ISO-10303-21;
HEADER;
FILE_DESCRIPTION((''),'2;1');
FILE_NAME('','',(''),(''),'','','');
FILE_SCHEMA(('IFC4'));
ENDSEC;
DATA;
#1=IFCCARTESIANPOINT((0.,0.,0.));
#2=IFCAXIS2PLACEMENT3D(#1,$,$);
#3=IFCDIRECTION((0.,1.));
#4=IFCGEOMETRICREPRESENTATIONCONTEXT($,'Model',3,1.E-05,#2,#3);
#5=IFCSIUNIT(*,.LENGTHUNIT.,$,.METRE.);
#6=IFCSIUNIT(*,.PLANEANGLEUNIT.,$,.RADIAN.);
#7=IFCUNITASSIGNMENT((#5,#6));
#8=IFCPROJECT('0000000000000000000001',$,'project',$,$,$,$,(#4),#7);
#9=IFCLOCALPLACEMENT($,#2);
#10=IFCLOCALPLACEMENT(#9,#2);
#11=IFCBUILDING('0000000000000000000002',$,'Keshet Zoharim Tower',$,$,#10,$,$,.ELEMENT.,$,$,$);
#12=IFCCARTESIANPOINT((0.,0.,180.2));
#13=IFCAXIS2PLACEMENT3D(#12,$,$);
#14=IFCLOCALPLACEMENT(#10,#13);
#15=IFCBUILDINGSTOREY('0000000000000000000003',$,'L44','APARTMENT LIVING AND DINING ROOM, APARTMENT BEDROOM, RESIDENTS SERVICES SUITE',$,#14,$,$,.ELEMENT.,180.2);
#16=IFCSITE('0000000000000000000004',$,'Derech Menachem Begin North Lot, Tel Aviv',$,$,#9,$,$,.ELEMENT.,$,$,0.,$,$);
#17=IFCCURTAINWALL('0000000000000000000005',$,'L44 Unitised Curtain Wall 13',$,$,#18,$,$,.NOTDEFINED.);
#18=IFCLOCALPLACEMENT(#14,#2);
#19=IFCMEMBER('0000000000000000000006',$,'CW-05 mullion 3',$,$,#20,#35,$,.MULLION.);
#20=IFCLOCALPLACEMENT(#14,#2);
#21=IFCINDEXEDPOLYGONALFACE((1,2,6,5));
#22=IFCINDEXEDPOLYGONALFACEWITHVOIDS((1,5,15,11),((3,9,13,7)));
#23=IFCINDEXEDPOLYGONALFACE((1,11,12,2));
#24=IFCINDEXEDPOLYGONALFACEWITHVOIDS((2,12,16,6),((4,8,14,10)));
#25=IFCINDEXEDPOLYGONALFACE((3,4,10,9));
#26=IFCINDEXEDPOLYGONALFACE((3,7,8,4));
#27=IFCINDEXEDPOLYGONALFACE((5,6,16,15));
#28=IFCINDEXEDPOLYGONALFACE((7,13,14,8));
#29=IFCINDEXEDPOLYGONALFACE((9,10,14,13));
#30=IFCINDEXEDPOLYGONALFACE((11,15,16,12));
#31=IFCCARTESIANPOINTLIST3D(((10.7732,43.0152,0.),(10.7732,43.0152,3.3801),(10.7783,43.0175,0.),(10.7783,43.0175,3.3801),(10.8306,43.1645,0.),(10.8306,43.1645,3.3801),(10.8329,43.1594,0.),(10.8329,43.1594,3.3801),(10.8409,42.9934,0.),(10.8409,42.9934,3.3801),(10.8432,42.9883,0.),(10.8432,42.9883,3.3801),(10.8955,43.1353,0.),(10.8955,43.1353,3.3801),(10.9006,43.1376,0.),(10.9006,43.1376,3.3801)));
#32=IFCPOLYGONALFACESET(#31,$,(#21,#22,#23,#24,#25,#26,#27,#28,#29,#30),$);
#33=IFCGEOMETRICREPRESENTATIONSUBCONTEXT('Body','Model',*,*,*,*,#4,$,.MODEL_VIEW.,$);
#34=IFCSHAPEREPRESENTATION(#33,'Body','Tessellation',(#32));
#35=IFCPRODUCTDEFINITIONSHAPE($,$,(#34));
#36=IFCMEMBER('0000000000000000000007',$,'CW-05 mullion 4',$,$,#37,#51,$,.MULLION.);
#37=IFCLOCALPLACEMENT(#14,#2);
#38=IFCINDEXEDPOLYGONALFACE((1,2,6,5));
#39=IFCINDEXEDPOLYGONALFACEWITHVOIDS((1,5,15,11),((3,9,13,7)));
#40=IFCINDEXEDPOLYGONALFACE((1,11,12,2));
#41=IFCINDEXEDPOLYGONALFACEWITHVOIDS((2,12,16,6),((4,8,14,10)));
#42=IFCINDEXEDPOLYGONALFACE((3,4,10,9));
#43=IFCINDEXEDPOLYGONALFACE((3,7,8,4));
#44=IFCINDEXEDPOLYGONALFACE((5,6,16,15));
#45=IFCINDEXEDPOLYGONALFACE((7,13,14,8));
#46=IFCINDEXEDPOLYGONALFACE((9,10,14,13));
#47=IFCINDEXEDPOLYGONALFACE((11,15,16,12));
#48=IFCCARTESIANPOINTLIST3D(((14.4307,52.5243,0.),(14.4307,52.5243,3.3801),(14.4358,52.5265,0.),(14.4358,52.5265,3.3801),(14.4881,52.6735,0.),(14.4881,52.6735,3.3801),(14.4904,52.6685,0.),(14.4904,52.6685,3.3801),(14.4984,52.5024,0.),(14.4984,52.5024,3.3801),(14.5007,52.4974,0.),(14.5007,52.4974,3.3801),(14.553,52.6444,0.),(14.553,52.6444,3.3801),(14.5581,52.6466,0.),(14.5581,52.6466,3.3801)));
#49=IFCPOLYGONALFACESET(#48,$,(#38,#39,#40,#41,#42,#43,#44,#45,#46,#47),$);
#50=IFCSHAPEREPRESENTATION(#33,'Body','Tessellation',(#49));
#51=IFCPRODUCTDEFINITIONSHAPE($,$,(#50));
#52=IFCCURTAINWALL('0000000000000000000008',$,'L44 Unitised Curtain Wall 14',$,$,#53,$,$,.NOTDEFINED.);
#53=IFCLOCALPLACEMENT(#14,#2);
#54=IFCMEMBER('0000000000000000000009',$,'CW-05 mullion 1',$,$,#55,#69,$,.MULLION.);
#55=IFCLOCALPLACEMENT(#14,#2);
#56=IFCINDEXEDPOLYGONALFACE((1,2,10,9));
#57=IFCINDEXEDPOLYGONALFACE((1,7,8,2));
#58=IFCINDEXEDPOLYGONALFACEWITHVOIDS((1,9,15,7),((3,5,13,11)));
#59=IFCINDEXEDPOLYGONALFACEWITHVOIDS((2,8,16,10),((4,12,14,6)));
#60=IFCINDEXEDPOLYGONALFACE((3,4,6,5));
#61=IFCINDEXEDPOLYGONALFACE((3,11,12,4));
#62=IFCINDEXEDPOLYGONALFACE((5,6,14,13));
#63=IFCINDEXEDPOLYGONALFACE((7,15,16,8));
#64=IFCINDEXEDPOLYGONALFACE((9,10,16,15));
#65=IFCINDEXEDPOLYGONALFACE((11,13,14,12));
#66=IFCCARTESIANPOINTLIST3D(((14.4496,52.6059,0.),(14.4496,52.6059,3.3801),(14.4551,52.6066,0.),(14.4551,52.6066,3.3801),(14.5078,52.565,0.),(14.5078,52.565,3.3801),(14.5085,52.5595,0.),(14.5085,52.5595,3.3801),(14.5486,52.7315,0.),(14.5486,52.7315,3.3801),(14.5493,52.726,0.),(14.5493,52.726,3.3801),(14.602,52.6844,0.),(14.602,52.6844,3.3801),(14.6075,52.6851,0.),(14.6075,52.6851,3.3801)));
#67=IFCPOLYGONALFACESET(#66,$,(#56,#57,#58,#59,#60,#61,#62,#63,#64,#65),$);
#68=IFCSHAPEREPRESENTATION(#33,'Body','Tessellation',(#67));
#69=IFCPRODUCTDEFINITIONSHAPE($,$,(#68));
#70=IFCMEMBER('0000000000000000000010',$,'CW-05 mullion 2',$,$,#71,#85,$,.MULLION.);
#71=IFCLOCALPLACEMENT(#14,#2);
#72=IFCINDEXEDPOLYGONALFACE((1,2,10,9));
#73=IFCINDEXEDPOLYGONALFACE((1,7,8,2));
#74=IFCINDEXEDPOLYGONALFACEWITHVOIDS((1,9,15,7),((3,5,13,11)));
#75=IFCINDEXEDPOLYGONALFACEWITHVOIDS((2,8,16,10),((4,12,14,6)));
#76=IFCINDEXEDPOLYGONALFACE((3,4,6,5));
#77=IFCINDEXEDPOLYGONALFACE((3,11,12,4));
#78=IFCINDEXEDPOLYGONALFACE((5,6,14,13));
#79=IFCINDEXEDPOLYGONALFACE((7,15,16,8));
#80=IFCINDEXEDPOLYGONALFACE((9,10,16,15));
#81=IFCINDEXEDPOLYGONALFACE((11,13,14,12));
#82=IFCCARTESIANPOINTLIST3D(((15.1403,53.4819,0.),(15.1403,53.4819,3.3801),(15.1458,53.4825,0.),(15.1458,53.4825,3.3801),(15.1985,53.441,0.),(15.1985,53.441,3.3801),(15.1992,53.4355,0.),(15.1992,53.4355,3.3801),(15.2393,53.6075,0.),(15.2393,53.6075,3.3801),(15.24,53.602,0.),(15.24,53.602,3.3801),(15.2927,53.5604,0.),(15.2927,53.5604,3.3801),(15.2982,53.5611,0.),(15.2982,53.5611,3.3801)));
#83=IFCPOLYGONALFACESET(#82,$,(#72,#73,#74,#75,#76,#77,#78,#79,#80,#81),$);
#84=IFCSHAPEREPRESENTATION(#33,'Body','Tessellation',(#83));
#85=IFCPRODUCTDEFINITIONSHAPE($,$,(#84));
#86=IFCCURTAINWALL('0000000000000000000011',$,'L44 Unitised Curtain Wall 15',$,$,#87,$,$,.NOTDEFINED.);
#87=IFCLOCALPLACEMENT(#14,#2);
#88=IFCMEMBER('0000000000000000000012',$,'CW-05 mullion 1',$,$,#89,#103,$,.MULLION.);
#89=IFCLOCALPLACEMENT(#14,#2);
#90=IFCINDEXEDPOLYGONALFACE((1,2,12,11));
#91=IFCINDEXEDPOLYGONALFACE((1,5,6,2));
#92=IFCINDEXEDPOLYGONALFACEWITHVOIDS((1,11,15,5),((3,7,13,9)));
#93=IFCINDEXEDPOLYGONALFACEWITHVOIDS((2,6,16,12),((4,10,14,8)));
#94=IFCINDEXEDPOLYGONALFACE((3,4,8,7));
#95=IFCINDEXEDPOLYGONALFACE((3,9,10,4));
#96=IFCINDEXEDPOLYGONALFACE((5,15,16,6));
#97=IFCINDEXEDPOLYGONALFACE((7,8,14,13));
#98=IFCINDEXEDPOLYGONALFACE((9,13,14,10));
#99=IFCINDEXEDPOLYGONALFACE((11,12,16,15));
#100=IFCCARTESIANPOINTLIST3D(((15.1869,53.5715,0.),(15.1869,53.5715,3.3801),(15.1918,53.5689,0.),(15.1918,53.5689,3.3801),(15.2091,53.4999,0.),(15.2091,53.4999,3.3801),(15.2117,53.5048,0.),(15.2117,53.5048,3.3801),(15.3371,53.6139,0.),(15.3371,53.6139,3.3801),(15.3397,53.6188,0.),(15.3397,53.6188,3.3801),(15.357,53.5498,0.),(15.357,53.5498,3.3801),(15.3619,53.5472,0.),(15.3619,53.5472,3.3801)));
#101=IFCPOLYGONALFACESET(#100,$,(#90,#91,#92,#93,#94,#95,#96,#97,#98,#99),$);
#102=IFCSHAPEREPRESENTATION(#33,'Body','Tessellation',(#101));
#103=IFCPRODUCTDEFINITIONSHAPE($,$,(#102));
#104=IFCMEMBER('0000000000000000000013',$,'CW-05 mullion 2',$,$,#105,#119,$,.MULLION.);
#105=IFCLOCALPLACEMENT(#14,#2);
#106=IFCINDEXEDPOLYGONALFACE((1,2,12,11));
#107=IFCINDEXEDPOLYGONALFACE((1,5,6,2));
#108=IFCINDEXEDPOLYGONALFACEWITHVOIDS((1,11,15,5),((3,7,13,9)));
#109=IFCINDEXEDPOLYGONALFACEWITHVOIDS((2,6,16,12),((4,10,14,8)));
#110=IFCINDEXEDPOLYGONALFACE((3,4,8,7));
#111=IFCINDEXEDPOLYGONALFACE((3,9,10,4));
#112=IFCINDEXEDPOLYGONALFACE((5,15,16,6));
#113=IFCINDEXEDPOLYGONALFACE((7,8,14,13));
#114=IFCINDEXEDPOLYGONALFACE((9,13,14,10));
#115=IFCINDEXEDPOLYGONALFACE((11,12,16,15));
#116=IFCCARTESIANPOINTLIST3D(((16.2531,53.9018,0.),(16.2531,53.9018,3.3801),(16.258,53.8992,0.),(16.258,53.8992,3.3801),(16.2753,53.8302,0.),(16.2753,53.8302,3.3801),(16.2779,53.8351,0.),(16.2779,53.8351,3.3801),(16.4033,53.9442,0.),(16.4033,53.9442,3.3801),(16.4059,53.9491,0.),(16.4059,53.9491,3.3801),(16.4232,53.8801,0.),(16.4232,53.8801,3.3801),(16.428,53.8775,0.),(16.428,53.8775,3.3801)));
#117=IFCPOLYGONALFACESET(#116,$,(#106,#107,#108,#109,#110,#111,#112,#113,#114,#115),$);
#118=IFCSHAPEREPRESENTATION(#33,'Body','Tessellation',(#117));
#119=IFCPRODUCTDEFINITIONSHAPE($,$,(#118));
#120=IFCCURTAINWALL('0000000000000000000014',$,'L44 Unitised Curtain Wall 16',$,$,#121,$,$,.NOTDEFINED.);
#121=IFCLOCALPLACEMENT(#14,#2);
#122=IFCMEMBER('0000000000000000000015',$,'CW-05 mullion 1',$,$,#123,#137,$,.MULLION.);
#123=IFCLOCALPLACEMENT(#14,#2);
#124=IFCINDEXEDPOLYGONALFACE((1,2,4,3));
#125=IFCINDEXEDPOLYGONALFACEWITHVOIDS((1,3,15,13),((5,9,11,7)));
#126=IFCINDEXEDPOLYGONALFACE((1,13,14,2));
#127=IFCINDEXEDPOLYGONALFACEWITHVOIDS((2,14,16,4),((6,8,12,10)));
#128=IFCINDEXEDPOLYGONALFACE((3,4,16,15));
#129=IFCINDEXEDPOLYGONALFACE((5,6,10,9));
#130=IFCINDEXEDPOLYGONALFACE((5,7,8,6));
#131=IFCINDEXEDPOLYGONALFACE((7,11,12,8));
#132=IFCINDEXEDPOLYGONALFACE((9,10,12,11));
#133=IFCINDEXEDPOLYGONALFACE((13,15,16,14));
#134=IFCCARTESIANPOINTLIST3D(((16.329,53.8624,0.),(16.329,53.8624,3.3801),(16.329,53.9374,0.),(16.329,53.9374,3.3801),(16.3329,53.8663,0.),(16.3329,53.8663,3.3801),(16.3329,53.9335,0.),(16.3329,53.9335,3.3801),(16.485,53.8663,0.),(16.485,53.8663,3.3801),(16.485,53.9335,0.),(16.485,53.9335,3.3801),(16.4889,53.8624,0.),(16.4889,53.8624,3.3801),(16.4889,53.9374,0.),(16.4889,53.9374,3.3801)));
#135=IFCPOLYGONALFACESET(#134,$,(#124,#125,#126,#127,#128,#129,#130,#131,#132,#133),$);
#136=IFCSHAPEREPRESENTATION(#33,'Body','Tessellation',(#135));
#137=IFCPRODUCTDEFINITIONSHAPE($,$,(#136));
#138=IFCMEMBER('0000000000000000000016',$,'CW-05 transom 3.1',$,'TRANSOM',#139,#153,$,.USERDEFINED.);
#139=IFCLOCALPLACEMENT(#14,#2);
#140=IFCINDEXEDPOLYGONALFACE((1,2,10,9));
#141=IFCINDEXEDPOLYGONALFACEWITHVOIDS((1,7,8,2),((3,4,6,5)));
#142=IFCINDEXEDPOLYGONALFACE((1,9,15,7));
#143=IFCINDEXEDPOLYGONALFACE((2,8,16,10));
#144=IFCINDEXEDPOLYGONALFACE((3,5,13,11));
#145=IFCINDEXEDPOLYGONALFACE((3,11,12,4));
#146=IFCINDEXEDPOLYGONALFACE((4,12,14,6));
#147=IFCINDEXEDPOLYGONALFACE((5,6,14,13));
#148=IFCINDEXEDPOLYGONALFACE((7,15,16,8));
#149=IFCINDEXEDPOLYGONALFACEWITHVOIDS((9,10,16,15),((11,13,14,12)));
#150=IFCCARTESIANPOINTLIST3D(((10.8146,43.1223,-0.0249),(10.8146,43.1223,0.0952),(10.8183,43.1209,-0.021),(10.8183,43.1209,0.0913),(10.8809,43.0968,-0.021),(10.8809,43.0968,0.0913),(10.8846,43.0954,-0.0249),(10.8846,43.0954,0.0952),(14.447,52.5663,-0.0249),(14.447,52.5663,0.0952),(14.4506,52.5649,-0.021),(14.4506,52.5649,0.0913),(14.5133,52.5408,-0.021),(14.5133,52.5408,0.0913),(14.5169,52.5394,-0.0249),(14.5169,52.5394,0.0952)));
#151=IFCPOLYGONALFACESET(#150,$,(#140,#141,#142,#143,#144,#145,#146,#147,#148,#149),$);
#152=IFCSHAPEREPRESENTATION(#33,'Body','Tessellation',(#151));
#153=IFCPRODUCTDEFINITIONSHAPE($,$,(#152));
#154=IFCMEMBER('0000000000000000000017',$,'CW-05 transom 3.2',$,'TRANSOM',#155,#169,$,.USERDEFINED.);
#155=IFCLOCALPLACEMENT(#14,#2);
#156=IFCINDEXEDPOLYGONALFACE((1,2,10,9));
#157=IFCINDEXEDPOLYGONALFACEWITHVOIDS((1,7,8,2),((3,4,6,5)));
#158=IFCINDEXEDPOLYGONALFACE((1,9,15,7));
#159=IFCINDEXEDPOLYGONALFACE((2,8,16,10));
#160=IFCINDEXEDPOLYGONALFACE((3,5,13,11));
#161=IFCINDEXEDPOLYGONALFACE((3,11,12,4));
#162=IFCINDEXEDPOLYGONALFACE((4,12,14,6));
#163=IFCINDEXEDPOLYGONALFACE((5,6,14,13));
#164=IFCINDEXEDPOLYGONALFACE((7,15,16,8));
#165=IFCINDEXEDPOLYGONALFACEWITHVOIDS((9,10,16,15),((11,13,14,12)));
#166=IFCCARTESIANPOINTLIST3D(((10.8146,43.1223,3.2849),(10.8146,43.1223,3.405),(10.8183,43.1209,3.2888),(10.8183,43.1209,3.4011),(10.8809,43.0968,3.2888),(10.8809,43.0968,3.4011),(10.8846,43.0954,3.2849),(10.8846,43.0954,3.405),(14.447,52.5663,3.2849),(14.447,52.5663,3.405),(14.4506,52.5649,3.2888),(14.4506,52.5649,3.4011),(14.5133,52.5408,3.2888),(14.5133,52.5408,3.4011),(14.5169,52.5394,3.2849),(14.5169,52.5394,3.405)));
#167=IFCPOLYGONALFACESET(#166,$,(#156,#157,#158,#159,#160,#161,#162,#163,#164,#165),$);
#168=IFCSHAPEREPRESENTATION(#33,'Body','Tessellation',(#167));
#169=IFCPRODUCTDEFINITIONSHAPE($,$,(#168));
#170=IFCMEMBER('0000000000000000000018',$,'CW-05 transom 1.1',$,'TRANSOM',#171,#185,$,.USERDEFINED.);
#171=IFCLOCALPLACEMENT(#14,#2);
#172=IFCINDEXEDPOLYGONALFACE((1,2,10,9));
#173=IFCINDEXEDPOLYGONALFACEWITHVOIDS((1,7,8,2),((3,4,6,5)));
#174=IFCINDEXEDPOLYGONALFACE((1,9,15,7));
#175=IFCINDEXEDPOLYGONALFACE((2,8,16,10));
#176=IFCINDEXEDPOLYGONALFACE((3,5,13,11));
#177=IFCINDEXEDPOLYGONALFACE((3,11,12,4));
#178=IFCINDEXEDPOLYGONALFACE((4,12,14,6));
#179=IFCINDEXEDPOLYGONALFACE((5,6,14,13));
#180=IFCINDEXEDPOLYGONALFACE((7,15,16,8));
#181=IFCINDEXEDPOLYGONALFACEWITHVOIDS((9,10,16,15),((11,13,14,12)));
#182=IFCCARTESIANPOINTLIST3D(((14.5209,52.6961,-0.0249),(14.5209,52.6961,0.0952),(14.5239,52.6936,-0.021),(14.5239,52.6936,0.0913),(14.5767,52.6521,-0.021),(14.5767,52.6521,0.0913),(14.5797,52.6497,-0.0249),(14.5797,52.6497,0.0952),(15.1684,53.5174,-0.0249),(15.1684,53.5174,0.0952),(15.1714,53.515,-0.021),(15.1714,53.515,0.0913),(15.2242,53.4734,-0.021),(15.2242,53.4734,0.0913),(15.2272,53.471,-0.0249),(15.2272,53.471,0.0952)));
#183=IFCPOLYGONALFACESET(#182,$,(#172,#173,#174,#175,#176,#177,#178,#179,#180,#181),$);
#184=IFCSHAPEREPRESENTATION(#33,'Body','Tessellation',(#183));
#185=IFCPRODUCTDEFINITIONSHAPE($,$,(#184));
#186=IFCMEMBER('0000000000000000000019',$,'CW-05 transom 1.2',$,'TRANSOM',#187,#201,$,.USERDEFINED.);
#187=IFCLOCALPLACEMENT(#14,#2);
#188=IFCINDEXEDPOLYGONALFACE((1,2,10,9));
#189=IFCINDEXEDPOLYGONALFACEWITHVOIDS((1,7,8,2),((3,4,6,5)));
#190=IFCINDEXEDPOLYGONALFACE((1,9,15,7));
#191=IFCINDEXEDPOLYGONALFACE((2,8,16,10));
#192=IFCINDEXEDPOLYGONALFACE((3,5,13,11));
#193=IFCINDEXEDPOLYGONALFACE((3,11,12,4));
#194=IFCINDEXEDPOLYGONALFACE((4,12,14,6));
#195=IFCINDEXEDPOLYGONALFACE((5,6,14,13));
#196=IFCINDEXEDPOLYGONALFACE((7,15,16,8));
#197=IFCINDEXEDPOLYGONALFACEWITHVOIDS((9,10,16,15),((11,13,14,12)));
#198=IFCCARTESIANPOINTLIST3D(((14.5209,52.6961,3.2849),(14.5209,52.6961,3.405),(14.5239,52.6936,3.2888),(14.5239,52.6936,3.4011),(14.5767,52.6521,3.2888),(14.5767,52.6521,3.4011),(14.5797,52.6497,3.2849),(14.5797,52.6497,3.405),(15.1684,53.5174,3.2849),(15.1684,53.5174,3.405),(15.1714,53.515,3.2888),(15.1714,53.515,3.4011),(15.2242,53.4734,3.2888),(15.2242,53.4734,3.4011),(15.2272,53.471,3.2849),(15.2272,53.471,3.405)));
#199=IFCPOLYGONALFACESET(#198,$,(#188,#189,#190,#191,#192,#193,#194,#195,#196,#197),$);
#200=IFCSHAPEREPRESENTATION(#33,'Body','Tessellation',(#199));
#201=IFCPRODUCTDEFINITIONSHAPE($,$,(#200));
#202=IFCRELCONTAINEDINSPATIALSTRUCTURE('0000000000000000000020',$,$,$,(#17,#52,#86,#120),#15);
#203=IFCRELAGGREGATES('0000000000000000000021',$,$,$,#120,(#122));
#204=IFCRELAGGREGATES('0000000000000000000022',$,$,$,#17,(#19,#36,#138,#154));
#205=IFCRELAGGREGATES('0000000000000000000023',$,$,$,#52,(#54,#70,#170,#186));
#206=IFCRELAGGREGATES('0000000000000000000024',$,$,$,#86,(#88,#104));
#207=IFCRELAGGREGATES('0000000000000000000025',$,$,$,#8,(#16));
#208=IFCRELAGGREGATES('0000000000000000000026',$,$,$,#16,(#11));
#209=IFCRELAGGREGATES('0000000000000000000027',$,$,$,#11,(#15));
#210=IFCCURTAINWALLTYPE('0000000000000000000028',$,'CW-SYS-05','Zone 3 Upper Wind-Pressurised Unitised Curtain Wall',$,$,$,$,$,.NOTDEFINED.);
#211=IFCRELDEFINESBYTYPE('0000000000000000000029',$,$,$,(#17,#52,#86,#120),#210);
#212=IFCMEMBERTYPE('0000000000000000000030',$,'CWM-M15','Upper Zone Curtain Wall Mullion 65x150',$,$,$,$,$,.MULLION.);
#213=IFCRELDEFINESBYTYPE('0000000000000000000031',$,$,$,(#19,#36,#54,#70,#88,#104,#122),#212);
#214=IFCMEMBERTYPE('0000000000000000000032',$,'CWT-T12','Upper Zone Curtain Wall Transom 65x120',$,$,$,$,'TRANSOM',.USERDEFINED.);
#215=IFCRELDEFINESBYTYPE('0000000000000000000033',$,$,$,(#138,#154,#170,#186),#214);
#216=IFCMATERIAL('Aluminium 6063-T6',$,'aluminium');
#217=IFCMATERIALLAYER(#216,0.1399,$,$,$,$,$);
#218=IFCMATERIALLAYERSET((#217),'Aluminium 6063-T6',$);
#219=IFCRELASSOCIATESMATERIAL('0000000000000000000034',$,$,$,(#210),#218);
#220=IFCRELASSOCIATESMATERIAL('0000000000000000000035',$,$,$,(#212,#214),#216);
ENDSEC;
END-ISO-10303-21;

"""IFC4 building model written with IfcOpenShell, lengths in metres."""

from ifc_helpers import new_model, si_unit, direction, frame, origin, origin_2d, place, context, subcontext, project, spatial, hollow_rectangle, extrude, material, layer, layer_set, material_profile, profile_set, type_object, element, aggregate, save


model = new_model("IFC4")

# Units and contexts
model_context = context("Model", 3, precision=1e-05, world=origin(), true_north=direction((0.0, 1.0)))
body_context = subcontext(model_context, "Body", "Model", "MODEL_VIEW")
ifc_project = project(units=[si_unit("LENGTHUNIT", "METRE"), si_unit("PLANEANGLEUNIT", "RADIAN")], contexts=[model_context])

# Site, building, storey
site_placement = place(None, origin())
site = spatial("IfcSite", under=ifc_project, at=site_placement, Name="Derech Menachem Begin North Lot, Tel Aviv", CompositionType="ELEMENT", RefElevation=0.0)
building_placement = place(site_placement, origin())
building = spatial("IfcBuilding", under=site, at=building_placement, Name="Keshet Zoharim Tower", CompositionType="ELEMENT")
storey_placement = place(building_placement, frame((0.0, 0.0, 180.2)))
storey = spatial("IfcBuildingStorey", under=building, at=storey_placement, Name="L44", Description="APARTMENT LIVING AND DINING ROOM, APARTMENT BEDROOM, RESIDENTS SERVICES SUITE", CompositionType="ELEMENT", Elevation=180.2)

# Curtain walls, members
ifc_material_1 = material(Name="Aluminium 6063-T6", Category="aluminium")
ifc_layer_1 = layer(ifc_material_1, 0.1399)
ifc_layer_set_1 = layer_set([ifc_layer_1], Name="Aluminium 6063-T6")
curtain_wall_type = type_object("IfcCurtainWallType", Name="CW-SYS-05", Description="Zone 3 Upper Wind-Pressurised Unitised Curtain Wall", PredefinedType="NOTDEFINED", material=ifc_layer_set_1)
curtain_wall_1_placement = place(storey_placement, origin())
curtain_wall_1 = element("IfcCurtainWall", 1, at=curtain_wall_1_placement, inside=storey, type_object=curtain_wall_type, Name="L44 Unitised Curtain Wall 13", PredefinedType="NOTDEFINED")
ifc_material_profile_1 = material_profile(ifc_material_1, hollow_rectangle(XDim=0.075, YDim=0.1599, WallThickness=0.0039, at=origin_2d()), Name="MUL-75x160")
ifc_profile_set_1 = profile_set([ifc_material_profile_1], Name="Aluminium 6063-T6")
member_type_1 = type_object("IfcMemberType", Name="CWM-M15", Description="Upper Zone Curtain Wall Mullion 65x150", PredefinedType="MULLION", material=ifc_profile_set_1)
member_1_placement = place(storey_placement, frame((10.8369, 43.0764, 0.0), z_axis=(0.0, 0.0, 1.0), x_axis=(-0.933341, 0.35899, 0.0)))
member_1 = element("IfcMember", 2, at=member_1_placement, type_object=member_type_1, Name="CW-05 mullion 3", PredefinedType="MULLION", context=body_context, shape_type="SweptSolid", body=[
    extrude(hollow_rectangle(XDim=0.075, YDim=0.1599, WallThickness=0.0039, at=origin_2d()), origin(), (0.0, 0.0, 1.0), 3.3801),
])
member_2_placement = place(storey_placement, frame((14.4944, 52.5854, 0.0), z_axis=(0.0, 0.0, 1.0), x_axis=(-0.933341, 0.35899, 0.0)))
member_2 = element("IfcMember", 3, at=member_2_placement, type_object=member_type_1, Name="CW-05 mullion 4", PredefinedType="MULLION", context=body_context, shape_type="SweptSolid", body=[
    extrude(hollow_rectangle(XDim=0.075, YDim=0.1599, WallThickness=0.0039, at=origin_2d()), origin(), (0.0, 0.0, 1.0), 3.3801),
])
curtain_wall_2_placement = place(storey_placement, origin())
curtain_wall_2 = element("IfcCurtainWall", 4, at=curtain_wall_2_placement, inside=storey, type_object=curtain_wall_type, Name="L44 Unitised Curtain Wall 14", PredefinedType="NOTDEFINED")
member_3_placement = place(storey_placement, frame((14.5286, 52.6455, 0.0), z_axis=(0.0, 0.0, 1.0), x_axis=(-0.785293, 0.619125, 0.0)))
member_3 = element("IfcMember", 5, at=member_3_placement, type_object=member_type_1, Name="CW-05 mullion 1", PredefinedType="MULLION", context=body_context, shape_type="SweptSolid", body=[
    extrude(hollow_rectangle(XDim=0.075, YDim=0.1599, WallThickness=0.0039, at=origin_2d()), origin(), (0.0, 0.0, 1.0), 3.3801),
])
member_4_placement = place(storey_placement, frame((15.2192, 53.5215, 0.0), z_axis=(0.0, 0.0, 1.0), x_axis=(-0.785293, 0.619125, 0.0)))
member_4 = element("IfcMember", 6, at=member_4_placement, type_object=member_type_1, Name="CW-05 mullion 2", PredefinedType="MULLION", context=body_context, shape_type="SweptSolid", body=[
    extrude(hollow_rectangle(XDim=0.075, YDim=0.1599, WallThickness=0.0039, at=origin_2d()), origin(), (0.0, 0.0, 1.0), 3.3801),
])
curtain_wall_3_placement = place(storey_placement, origin())
curtain_wall_3 = element("IfcCurtainWall", 7, at=curtain_wall_3_placement, inside=storey, type_object=curtain_wall_type, Name="L44 Unitised Curtain Wall 15", PredefinedType="NOTDEFINED")
member_5_placement = place(storey_placement, frame((15.2744, 53.5593, 0.0), z_axis=(0.0, 0.0, 1.0), x_axis=(-0.295922, 0.955212, 0.0)))
member_5 = element("IfcMember", 8, at=member_5_placement, type_object=member_type_1, Name="CW-05 mullion 1", PredefinedType="MULLION", context=body_context, shape_type="SweptSolid", body=[
    extrude(hollow_rectangle(XDim=0.075, YDim=0.1599, WallThickness=0.0039, at=origin_2d()), origin(), (0.0, 0.0, 1.0), 3.3801),
])
member_6_placement = place(storey_placement, frame((16.3406, 53.8896, 0.0), z_axis=(0.0, 0.0, 1.0), x_axis=(-0.295922, 0.955212, 0.0)))
member_6 = element("IfcMember", 9, at=member_6_placement, type_object=member_type_1, Name="CW-05 mullion 2", PredefinedType="MULLION", context=body_context, shape_type="SweptSolid", body=[
    extrude(hollow_rectangle(XDim=0.075, YDim=0.1599, WallThickness=0.0039, at=origin_2d()), origin(), (0.0, 0.0, 1.0), 3.3801),
])

# Curtain wall, member
curtain_wall_4_placement = place(storey_placement, origin())
curtain_wall_4 = element("IfcCurtainWall", 10, at=curtain_wall_4_placement, inside=storey, type_object=curtain_wall_type, Name="L44 Unitised Curtain Wall 16", PredefinedType="NOTDEFINED")
member_7_placement = place(storey_placement, frame((16.4089, 53.8999, 0.0), z_axis=(0.0, 0.0, 1.0), x_axis=(0.0, 1.0, 0.0)))
member_7 = element("IfcMember", 11, at=member_7_placement, type_object=member_type_1, Name="CW-05 mullion 1", PredefinedType="MULLION", context=body_context, shape_type="SweptSolid", body=[
    extrude(hollow_rectangle(XDim=0.075, YDim=0.1599, WallThickness=0.0039, at=origin_2d()), origin(), (0.0, 0.0, 1.0), 3.3801),
])

# Members
ifc_material_profile_2 = material_profile(ifc_material_1, hollow_rectangle(XDim=0.075, YDim=0.1201, WallThickness=0.0039, at=origin_2d()), Name="TRN-75x120")
ifc_profile_set_2 = profile_set([ifc_material_profile_2], Name="Aluminium 6063-T6")
member_type_2 = type_object("IfcMemberType", Name="CWT-T12", Description="Upper Zone Curtain Wall Transom 65x120", ElementType="TRANSOM", PredefinedType="USERDEFINED", material=ifc_profile_set_2)
member_8_placement = place(storey_placement, frame((10.8496, 43.1089, 0.0352), z_axis=(0.358986, 0.933343, 0.0), x_axis=(-0.933343, 0.358986, 0.0)))
member_8 = element("IfcMember", 12, at=member_8_placement, type_object=member_type_2, Name="CW-05 transom 3.1", ObjectType="TRANSOM", PredefinedType="USERDEFINED", context=body_context, shape_type="SweptSolid", body=[
    extrude(hollow_rectangle(XDim=0.075, YDim=0.1201, WallThickness=0.0039, at=origin_2d()), origin(), (0.0, 0.0, 1.0), 10.1184),
])
member_9_placement = place(storey_placement, frame((10.8496, 43.1089, 3.345), z_axis=(0.358986, 0.933343, 0.0), x_axis=(-0.933343, 0.358986, 0.0)))
member_9 = element("IfcMember", 13, at=member_9_placement, type_object=member_type_2, Name="CW-05 transom 3.2", ObjectType="TRANSOM", PredefinedType="USERDEFINED", context=body_context, shape_type="SweptSolid", body=[
    extrude(hollow_rectangle(XDim=0.075, YDim=0.1201, WallThickness=0.0039, at=origin_2d()), origin(), (0.0, 0.0, 1.0), 10.1184),
])
member_10_placement = place(storey_placement, frame((14.5503, 52.6729, 0.0352), z_axis=(0.619099, 0.785313, 0.0), x_axis=(-0.785313, 0.619099, 0.0)))
member_10 = element("IfcMember", 14, at=member_10_placement, type_object=member_type_2, Name="CW-05 transom 1.1", ObjectType="TRANSOM", PredefinedType="USERDEFINED", context=body_context, shape_type="SweptSolid", body=[
    extrude(hollow_rectangle(XDim=0.075, YDim=0.1201, WallThickness=0.0039, at=origin_2d()), origin(), (0.0, 0.0, 1.0), 1.0459),
])
member_11_placement = place(storey_placement, frame((14.5503, 52.6729, 3.345), z_axis=(0.619099, 0.785313, 0.0), x_axis=(-0.785313, 0.619099, 0.0)))
member_11 = element("IfcMember", 15, at=member_11_placement, type_object=member_type_2, Name="CW-05 transom 1.2", ObjectType="TRANSOM", PredefinedType="USERDEFINED", context=body_context, shape_type="SweptSolid", body=[
    extrude(hollow_rectangle(XDim=0.075, YDim=0.1201, WallThickness=0.0039, at=origin_2d()), origin(), (0.0, 0.0, 1.0), 1.0459),
])
aggregate(curtain_wall_4, [member_7])

aggregate(curtain_wall_1, [member_1, member_2, member_8, member_9])
aggregate(curtain_wall_2, [member_3, member_4, member_10, member_11])
aggregate(curtain_wall_3, [member_5, member_6])

save(model, "model.ifc")
